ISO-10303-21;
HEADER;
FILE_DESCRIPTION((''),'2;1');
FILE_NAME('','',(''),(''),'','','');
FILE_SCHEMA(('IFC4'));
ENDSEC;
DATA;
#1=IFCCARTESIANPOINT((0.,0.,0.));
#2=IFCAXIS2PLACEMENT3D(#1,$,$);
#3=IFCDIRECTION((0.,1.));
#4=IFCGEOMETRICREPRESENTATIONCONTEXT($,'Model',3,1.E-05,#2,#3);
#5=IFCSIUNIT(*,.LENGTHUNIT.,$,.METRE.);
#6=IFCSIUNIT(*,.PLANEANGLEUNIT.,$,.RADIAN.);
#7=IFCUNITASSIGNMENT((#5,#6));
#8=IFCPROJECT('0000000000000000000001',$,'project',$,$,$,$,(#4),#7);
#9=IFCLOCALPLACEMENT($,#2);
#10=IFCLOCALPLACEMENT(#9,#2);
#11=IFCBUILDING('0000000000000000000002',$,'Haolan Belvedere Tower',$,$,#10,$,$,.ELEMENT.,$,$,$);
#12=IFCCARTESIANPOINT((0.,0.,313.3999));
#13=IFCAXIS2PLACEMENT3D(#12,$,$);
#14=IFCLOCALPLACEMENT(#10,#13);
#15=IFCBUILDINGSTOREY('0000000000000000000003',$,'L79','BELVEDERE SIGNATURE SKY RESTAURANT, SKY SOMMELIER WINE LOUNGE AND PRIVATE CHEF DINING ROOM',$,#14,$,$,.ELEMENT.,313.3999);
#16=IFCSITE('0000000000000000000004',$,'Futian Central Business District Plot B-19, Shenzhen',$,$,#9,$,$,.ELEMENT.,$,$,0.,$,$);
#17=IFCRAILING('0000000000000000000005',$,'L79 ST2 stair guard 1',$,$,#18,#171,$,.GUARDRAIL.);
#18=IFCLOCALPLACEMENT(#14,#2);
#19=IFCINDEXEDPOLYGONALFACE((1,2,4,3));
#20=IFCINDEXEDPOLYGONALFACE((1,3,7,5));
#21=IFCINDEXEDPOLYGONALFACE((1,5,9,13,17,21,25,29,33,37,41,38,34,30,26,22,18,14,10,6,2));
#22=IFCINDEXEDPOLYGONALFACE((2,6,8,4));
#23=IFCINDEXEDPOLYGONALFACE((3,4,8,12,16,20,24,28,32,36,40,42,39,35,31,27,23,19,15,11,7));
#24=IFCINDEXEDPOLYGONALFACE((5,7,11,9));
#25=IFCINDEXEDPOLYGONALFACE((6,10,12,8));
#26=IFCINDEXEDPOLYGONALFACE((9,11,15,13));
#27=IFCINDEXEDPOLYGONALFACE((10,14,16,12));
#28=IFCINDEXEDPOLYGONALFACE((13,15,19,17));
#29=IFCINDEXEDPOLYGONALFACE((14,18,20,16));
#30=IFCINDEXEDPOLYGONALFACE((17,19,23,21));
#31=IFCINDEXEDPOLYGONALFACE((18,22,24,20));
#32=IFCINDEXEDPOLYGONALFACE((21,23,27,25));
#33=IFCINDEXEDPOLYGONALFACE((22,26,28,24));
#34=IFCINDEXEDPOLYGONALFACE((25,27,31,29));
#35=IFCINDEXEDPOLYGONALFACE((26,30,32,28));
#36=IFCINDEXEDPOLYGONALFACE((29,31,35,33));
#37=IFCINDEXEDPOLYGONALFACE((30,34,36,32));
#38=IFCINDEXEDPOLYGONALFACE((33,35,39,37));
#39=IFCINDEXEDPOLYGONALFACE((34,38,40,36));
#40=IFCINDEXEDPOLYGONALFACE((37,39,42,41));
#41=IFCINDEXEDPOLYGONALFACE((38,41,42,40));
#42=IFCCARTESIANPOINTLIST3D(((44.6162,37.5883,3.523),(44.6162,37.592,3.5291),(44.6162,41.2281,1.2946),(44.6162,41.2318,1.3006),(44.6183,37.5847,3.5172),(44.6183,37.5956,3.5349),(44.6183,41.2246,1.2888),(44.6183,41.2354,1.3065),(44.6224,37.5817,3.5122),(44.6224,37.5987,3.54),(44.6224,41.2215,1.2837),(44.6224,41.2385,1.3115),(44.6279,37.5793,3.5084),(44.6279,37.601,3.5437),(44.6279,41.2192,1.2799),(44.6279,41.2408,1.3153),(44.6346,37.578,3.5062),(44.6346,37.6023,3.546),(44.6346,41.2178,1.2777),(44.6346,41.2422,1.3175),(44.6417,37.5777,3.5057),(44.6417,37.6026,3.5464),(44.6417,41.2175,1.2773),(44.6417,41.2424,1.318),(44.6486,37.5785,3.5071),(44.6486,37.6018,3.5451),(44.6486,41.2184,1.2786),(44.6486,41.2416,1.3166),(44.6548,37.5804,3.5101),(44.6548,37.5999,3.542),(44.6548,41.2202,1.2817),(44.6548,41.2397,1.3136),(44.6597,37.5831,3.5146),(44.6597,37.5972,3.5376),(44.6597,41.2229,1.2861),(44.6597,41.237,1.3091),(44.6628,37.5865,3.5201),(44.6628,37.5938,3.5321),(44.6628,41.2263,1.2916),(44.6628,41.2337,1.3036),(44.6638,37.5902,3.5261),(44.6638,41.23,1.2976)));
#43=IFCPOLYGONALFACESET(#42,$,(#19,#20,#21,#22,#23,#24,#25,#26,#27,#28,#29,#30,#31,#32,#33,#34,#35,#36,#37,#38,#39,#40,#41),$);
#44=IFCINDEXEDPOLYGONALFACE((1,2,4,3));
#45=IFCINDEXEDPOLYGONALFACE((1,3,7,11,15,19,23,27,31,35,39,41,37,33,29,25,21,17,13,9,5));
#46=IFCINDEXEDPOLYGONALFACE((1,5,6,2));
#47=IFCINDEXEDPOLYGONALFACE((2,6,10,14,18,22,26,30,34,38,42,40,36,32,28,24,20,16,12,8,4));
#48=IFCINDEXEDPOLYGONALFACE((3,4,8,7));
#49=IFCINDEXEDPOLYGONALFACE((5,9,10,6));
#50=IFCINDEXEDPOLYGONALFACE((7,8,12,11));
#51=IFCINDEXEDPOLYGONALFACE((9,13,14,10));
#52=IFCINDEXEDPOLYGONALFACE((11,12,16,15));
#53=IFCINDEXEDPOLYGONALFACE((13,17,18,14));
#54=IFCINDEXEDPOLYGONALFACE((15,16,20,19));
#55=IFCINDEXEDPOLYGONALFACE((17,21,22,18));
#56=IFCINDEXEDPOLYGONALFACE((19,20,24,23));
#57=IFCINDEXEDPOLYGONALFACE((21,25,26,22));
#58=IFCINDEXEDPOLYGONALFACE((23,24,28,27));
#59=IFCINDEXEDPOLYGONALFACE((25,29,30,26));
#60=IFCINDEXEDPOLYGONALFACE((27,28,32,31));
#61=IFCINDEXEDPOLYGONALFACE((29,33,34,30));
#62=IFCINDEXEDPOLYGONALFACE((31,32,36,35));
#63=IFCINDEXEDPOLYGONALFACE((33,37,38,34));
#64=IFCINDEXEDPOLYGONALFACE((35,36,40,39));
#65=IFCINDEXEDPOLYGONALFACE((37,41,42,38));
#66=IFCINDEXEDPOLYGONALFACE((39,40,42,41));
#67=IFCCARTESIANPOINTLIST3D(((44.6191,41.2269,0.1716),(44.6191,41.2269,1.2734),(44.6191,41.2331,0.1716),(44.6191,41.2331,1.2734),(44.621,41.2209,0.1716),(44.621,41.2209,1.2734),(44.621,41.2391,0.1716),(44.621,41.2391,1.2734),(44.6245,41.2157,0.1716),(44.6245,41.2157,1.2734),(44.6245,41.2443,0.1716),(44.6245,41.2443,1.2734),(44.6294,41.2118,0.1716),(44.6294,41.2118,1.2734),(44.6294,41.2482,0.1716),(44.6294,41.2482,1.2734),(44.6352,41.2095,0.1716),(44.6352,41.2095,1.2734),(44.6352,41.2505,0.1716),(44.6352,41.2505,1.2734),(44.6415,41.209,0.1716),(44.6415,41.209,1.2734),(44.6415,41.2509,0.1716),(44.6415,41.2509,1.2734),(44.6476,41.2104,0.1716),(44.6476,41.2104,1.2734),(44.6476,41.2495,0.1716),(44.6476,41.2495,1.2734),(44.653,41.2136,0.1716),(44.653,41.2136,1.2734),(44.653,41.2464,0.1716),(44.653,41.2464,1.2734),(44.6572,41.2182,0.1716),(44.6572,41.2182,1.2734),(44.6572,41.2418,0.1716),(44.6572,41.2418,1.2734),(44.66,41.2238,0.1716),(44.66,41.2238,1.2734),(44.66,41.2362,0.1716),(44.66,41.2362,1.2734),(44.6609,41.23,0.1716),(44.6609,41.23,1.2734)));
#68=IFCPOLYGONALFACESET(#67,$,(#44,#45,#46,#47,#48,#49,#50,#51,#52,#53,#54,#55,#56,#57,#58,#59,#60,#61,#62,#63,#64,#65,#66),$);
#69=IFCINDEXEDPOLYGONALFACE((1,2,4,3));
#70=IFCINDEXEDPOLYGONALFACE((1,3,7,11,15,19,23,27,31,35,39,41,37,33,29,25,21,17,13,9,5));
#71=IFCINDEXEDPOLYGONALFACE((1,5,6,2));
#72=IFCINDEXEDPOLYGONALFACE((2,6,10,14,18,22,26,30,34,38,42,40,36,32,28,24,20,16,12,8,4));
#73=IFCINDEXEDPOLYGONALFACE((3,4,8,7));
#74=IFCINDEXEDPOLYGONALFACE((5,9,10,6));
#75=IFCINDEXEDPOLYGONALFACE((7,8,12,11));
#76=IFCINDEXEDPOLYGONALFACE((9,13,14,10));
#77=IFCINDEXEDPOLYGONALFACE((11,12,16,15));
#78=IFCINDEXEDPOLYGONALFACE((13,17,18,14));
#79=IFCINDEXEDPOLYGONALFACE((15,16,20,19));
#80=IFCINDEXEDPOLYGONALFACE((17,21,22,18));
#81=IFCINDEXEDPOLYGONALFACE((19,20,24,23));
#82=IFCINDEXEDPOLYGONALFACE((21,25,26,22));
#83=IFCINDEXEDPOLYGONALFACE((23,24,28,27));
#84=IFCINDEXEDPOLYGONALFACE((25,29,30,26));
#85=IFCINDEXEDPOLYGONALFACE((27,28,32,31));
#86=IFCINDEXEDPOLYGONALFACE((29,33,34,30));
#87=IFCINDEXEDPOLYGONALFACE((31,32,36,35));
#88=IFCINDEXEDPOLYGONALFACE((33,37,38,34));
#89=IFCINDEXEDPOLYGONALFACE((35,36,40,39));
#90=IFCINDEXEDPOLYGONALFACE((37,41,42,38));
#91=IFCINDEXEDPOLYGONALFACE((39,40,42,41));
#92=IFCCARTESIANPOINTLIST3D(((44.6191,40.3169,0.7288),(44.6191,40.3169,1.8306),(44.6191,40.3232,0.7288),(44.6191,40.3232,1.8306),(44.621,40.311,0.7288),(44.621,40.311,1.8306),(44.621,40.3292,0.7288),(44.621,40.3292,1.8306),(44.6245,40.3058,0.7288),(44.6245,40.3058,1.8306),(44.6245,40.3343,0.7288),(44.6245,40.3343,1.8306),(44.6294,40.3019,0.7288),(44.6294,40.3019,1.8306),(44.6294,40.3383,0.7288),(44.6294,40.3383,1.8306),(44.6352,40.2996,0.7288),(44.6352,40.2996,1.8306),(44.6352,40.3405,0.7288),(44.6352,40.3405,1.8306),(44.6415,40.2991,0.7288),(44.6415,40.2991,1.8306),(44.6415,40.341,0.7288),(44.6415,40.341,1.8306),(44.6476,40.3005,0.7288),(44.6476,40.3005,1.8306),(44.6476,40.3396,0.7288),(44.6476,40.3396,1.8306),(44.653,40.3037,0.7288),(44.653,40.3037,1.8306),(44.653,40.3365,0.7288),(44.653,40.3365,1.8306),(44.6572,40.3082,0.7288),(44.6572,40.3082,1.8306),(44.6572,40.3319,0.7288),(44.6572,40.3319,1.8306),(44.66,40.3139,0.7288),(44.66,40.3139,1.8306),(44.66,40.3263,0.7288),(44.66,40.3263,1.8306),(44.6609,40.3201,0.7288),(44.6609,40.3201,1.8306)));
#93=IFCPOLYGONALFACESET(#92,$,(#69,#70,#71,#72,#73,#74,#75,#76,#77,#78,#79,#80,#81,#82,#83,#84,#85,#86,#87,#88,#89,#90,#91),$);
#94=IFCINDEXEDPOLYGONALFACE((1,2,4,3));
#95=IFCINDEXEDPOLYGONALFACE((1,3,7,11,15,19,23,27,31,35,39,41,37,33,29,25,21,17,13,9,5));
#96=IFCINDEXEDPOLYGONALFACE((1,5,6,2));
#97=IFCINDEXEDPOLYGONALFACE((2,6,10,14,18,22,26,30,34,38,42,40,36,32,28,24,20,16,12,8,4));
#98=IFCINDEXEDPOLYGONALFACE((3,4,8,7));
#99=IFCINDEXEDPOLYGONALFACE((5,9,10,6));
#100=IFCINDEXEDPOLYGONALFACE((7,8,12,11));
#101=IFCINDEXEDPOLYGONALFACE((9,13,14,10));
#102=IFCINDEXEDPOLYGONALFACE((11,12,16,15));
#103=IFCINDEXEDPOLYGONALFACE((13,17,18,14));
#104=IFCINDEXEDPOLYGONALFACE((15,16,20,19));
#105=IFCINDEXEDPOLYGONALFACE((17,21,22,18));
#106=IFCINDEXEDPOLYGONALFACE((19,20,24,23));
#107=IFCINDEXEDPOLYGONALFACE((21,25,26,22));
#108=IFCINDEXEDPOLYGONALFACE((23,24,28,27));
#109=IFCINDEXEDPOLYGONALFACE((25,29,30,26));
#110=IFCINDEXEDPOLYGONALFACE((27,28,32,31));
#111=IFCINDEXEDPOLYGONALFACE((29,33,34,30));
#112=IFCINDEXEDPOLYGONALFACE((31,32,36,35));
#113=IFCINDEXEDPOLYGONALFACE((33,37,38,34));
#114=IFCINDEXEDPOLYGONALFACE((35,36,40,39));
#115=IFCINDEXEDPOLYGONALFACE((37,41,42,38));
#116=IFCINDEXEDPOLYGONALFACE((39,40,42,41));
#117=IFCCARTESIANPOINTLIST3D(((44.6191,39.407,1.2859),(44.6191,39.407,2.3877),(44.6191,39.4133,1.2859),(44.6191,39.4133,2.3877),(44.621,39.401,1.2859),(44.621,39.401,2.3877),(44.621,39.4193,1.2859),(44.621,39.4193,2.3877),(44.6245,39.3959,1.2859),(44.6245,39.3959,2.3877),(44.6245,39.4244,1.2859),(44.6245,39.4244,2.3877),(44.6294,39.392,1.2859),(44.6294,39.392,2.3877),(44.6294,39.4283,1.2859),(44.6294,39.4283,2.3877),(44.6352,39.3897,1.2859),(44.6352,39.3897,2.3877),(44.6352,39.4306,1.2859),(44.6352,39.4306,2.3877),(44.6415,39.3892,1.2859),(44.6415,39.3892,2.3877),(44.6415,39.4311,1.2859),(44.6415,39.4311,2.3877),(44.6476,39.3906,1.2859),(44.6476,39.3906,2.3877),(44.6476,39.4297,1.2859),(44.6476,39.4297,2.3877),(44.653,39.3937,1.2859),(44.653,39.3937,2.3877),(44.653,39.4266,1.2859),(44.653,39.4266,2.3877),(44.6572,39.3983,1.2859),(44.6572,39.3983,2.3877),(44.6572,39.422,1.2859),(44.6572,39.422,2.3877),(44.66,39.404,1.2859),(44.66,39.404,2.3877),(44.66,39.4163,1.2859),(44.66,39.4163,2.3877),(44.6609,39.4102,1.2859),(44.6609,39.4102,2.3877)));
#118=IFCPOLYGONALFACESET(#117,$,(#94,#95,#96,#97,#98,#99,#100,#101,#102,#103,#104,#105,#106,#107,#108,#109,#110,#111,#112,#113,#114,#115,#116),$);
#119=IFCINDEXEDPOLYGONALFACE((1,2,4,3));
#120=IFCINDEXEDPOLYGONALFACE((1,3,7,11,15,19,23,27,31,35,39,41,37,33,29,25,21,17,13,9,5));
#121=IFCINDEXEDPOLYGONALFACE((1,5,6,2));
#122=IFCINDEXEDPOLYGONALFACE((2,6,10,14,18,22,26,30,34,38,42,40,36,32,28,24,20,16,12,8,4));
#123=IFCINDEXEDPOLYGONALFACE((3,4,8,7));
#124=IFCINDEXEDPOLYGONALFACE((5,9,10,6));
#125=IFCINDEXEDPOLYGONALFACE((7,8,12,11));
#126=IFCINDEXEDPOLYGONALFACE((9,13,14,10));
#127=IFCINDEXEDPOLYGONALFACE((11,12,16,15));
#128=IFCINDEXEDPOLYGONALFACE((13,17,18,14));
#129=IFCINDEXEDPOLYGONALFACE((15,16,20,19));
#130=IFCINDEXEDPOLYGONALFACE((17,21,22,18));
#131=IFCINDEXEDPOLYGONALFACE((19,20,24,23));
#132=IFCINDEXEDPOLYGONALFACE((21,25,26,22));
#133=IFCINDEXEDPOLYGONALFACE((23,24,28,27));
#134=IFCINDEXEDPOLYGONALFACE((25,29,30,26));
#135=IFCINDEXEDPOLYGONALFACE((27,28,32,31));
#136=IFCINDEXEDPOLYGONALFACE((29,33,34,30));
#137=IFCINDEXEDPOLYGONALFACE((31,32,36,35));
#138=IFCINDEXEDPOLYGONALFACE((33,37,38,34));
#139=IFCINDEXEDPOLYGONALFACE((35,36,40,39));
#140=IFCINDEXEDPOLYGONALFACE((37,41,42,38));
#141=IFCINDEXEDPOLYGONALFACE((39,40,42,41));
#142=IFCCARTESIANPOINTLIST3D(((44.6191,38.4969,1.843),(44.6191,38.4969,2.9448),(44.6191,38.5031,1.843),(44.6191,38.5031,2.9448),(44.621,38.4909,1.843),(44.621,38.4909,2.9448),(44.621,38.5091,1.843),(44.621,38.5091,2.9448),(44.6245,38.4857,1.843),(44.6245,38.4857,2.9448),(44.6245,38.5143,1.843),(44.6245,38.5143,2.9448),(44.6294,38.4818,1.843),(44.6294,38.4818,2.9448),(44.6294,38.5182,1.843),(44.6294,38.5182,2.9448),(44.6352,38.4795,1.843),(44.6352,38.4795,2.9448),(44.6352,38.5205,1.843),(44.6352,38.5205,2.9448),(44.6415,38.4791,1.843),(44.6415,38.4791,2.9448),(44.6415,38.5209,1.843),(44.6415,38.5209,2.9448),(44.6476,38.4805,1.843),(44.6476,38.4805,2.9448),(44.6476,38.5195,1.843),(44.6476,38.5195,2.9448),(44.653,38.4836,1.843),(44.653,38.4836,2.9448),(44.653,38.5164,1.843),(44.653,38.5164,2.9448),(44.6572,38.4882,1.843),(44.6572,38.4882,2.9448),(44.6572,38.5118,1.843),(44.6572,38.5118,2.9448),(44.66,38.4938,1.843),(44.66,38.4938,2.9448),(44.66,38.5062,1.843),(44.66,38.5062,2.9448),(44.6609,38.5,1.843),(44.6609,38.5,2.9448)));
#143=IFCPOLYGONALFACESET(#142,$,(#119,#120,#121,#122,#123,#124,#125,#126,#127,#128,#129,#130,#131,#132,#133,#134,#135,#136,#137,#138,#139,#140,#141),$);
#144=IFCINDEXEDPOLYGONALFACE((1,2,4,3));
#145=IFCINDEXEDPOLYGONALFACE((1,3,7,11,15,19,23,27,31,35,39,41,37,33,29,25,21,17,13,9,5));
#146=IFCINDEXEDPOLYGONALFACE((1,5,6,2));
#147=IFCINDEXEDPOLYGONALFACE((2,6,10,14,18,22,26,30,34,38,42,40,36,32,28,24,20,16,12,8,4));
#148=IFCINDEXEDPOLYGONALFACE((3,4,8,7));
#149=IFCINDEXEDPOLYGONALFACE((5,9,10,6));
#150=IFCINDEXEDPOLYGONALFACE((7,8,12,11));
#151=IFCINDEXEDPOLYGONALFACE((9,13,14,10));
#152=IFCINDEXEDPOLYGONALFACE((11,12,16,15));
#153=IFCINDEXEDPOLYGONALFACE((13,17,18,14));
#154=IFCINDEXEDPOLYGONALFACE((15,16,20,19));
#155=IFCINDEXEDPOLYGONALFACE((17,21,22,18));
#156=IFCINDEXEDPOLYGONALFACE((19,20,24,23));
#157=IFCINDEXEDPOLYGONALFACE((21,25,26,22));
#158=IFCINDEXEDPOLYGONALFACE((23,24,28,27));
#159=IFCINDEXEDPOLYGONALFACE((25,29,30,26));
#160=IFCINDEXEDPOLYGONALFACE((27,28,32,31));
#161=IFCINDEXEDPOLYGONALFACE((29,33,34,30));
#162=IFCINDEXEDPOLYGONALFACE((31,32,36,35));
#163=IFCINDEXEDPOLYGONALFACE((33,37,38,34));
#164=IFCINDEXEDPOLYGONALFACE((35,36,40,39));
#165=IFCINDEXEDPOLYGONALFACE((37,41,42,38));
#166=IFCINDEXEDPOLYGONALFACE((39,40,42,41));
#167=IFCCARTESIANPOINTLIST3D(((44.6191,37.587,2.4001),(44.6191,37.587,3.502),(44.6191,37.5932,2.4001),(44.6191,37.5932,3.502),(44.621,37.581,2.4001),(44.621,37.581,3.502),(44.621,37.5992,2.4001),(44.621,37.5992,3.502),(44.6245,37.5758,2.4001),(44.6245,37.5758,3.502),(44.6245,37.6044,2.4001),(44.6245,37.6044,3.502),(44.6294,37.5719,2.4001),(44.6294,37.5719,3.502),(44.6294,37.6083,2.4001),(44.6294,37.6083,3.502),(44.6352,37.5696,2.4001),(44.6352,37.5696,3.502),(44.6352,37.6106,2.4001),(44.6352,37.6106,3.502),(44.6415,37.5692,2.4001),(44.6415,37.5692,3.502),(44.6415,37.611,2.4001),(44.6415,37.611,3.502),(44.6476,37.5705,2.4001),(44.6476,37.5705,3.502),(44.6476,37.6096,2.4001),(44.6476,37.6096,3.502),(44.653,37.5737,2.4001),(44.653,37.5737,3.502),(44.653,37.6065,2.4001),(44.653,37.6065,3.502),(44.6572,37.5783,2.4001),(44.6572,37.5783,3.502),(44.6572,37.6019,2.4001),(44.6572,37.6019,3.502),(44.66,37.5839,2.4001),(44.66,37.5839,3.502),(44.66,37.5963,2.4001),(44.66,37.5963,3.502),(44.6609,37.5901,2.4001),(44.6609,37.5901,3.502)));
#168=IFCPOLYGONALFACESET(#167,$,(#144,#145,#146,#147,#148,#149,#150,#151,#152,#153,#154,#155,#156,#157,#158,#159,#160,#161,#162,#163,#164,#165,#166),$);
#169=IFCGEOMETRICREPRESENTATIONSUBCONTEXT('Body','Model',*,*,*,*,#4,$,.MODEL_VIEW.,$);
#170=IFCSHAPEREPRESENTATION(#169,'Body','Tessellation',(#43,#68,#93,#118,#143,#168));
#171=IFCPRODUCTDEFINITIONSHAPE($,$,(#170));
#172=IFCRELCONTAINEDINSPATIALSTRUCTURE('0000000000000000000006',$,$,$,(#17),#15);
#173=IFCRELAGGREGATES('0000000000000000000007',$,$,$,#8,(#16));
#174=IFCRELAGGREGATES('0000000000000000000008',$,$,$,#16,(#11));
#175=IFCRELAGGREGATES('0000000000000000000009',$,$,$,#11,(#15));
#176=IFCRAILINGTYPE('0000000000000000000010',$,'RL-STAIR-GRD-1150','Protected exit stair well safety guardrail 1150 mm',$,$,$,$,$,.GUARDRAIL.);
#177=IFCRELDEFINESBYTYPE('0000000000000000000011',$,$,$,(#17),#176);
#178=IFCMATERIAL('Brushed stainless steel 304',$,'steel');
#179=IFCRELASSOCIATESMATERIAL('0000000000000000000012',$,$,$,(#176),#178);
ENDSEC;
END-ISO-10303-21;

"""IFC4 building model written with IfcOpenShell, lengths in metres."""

from ifc_helpers import new_model, si_unit, direction, frame, origin, origin_2d, place, context, subcontext, project, spatial, circle, extrude, material, type_object, element, save


model = new_model("IFC4")

# Units and contexts
model_context = context("Model", 3, precision=1e-05, world=origin(), true_north=direction((0.0, 1.0)))
body_context = subcontext(model_context, "Body", "Model", "MODEL_VIEW")
ifc_project = project(units=[si_unit("LENGTHUNIT", "METRE"), si_unit("PLANEANGLEUNIT", "RADIAN")], contexts=[model_context])

# Site, building, storey
site_placement = place(None, origin())
site = spatial("IfcSite", under=ifc_project, at=site_placement, Name="Futian Central Business District Plot B-19, Shenzhen", CompositionType="ELEMENT", RefElevation=0.0)
building_placement = place(site_placement, origin())
building = spatial("IfcBuilding", under=site, at=building_placement, Name="Haolan Belvedere Tower", CompositionType="ELEMENT")
storey_placement = place(building_placement, frame((0.0, 0.0, 313.3999)))
storey = spatial("IfcBuildingStorey", under=building, at=storey_placement, Name="L79", Description="BELVEDERE SIGNATURE SKY RESTAURANT, SKY SOMMELIER WINE LOUNGE AND PRIVATE CHEF DINING ROOM", CompositionType="ELEMENT", Elevation=313.3999)

# Railing
ifc_material_1 = material(Name="Brushed stainless steel 304", Category="steel")
railing_type_1 = type_object("IfcRailingType", Name="RL-STAIR-GRD-1150", Description="Protected exit stair well safety guardrail 1150 mm", PredefinedType="GUARDRAIL", material=ifc_material_1)
railing_1_placement = place(storey_placement, frame((44.6399, 41.23, 0.1716)))
element("IfcRailing", 1, at=railing_1_placement, inside=storey, type_object=railing_type_1, Name="L79 ST2 stair guard 1", PredefinedType="GUARDRAIL", context=body_context, shape_type="SweptSolid", body=[
    extrude(circle(Radius=0.0239, at=origin_2d()), frame((0.0, 0.0, 1.126), z_axis=(0.0, -0.85285, 0.522156), x_axis=(1.0, 0.0, 0.0)), (0.0, 0.0, 1.0), 4.2678),
    extrude(circle(Radius=0.021, at=origin_2d()), origin(), (0.0, 0.0, 1.0), 1.1018),
    extrude(circle(Radius=0.021, at=origin_2d()), frame((0.0, -0.9099, 0.5571)), (0.0, 0.0, 1.0), 1.1018),
    extrude(circle(Radius=0.021, at=origin_2d()), frame((0.0, -1.8198, 1.1143)), (0.0, 0.0, 1.0), 1.1018),
    extrude(circle(Radius=0.021, at=origin_2d()), frame((0.0, -2.73, 1.6714)), (0.0, 0.0, 1.0), 1.1018),
    extrude(circle(Radius=0.021, at=origin_2d()), frame((0.0, -3.6399, 2.2285)), (0.0, 0.0, 1.0), 1.1018),
])

save(model, "model.ifc")
